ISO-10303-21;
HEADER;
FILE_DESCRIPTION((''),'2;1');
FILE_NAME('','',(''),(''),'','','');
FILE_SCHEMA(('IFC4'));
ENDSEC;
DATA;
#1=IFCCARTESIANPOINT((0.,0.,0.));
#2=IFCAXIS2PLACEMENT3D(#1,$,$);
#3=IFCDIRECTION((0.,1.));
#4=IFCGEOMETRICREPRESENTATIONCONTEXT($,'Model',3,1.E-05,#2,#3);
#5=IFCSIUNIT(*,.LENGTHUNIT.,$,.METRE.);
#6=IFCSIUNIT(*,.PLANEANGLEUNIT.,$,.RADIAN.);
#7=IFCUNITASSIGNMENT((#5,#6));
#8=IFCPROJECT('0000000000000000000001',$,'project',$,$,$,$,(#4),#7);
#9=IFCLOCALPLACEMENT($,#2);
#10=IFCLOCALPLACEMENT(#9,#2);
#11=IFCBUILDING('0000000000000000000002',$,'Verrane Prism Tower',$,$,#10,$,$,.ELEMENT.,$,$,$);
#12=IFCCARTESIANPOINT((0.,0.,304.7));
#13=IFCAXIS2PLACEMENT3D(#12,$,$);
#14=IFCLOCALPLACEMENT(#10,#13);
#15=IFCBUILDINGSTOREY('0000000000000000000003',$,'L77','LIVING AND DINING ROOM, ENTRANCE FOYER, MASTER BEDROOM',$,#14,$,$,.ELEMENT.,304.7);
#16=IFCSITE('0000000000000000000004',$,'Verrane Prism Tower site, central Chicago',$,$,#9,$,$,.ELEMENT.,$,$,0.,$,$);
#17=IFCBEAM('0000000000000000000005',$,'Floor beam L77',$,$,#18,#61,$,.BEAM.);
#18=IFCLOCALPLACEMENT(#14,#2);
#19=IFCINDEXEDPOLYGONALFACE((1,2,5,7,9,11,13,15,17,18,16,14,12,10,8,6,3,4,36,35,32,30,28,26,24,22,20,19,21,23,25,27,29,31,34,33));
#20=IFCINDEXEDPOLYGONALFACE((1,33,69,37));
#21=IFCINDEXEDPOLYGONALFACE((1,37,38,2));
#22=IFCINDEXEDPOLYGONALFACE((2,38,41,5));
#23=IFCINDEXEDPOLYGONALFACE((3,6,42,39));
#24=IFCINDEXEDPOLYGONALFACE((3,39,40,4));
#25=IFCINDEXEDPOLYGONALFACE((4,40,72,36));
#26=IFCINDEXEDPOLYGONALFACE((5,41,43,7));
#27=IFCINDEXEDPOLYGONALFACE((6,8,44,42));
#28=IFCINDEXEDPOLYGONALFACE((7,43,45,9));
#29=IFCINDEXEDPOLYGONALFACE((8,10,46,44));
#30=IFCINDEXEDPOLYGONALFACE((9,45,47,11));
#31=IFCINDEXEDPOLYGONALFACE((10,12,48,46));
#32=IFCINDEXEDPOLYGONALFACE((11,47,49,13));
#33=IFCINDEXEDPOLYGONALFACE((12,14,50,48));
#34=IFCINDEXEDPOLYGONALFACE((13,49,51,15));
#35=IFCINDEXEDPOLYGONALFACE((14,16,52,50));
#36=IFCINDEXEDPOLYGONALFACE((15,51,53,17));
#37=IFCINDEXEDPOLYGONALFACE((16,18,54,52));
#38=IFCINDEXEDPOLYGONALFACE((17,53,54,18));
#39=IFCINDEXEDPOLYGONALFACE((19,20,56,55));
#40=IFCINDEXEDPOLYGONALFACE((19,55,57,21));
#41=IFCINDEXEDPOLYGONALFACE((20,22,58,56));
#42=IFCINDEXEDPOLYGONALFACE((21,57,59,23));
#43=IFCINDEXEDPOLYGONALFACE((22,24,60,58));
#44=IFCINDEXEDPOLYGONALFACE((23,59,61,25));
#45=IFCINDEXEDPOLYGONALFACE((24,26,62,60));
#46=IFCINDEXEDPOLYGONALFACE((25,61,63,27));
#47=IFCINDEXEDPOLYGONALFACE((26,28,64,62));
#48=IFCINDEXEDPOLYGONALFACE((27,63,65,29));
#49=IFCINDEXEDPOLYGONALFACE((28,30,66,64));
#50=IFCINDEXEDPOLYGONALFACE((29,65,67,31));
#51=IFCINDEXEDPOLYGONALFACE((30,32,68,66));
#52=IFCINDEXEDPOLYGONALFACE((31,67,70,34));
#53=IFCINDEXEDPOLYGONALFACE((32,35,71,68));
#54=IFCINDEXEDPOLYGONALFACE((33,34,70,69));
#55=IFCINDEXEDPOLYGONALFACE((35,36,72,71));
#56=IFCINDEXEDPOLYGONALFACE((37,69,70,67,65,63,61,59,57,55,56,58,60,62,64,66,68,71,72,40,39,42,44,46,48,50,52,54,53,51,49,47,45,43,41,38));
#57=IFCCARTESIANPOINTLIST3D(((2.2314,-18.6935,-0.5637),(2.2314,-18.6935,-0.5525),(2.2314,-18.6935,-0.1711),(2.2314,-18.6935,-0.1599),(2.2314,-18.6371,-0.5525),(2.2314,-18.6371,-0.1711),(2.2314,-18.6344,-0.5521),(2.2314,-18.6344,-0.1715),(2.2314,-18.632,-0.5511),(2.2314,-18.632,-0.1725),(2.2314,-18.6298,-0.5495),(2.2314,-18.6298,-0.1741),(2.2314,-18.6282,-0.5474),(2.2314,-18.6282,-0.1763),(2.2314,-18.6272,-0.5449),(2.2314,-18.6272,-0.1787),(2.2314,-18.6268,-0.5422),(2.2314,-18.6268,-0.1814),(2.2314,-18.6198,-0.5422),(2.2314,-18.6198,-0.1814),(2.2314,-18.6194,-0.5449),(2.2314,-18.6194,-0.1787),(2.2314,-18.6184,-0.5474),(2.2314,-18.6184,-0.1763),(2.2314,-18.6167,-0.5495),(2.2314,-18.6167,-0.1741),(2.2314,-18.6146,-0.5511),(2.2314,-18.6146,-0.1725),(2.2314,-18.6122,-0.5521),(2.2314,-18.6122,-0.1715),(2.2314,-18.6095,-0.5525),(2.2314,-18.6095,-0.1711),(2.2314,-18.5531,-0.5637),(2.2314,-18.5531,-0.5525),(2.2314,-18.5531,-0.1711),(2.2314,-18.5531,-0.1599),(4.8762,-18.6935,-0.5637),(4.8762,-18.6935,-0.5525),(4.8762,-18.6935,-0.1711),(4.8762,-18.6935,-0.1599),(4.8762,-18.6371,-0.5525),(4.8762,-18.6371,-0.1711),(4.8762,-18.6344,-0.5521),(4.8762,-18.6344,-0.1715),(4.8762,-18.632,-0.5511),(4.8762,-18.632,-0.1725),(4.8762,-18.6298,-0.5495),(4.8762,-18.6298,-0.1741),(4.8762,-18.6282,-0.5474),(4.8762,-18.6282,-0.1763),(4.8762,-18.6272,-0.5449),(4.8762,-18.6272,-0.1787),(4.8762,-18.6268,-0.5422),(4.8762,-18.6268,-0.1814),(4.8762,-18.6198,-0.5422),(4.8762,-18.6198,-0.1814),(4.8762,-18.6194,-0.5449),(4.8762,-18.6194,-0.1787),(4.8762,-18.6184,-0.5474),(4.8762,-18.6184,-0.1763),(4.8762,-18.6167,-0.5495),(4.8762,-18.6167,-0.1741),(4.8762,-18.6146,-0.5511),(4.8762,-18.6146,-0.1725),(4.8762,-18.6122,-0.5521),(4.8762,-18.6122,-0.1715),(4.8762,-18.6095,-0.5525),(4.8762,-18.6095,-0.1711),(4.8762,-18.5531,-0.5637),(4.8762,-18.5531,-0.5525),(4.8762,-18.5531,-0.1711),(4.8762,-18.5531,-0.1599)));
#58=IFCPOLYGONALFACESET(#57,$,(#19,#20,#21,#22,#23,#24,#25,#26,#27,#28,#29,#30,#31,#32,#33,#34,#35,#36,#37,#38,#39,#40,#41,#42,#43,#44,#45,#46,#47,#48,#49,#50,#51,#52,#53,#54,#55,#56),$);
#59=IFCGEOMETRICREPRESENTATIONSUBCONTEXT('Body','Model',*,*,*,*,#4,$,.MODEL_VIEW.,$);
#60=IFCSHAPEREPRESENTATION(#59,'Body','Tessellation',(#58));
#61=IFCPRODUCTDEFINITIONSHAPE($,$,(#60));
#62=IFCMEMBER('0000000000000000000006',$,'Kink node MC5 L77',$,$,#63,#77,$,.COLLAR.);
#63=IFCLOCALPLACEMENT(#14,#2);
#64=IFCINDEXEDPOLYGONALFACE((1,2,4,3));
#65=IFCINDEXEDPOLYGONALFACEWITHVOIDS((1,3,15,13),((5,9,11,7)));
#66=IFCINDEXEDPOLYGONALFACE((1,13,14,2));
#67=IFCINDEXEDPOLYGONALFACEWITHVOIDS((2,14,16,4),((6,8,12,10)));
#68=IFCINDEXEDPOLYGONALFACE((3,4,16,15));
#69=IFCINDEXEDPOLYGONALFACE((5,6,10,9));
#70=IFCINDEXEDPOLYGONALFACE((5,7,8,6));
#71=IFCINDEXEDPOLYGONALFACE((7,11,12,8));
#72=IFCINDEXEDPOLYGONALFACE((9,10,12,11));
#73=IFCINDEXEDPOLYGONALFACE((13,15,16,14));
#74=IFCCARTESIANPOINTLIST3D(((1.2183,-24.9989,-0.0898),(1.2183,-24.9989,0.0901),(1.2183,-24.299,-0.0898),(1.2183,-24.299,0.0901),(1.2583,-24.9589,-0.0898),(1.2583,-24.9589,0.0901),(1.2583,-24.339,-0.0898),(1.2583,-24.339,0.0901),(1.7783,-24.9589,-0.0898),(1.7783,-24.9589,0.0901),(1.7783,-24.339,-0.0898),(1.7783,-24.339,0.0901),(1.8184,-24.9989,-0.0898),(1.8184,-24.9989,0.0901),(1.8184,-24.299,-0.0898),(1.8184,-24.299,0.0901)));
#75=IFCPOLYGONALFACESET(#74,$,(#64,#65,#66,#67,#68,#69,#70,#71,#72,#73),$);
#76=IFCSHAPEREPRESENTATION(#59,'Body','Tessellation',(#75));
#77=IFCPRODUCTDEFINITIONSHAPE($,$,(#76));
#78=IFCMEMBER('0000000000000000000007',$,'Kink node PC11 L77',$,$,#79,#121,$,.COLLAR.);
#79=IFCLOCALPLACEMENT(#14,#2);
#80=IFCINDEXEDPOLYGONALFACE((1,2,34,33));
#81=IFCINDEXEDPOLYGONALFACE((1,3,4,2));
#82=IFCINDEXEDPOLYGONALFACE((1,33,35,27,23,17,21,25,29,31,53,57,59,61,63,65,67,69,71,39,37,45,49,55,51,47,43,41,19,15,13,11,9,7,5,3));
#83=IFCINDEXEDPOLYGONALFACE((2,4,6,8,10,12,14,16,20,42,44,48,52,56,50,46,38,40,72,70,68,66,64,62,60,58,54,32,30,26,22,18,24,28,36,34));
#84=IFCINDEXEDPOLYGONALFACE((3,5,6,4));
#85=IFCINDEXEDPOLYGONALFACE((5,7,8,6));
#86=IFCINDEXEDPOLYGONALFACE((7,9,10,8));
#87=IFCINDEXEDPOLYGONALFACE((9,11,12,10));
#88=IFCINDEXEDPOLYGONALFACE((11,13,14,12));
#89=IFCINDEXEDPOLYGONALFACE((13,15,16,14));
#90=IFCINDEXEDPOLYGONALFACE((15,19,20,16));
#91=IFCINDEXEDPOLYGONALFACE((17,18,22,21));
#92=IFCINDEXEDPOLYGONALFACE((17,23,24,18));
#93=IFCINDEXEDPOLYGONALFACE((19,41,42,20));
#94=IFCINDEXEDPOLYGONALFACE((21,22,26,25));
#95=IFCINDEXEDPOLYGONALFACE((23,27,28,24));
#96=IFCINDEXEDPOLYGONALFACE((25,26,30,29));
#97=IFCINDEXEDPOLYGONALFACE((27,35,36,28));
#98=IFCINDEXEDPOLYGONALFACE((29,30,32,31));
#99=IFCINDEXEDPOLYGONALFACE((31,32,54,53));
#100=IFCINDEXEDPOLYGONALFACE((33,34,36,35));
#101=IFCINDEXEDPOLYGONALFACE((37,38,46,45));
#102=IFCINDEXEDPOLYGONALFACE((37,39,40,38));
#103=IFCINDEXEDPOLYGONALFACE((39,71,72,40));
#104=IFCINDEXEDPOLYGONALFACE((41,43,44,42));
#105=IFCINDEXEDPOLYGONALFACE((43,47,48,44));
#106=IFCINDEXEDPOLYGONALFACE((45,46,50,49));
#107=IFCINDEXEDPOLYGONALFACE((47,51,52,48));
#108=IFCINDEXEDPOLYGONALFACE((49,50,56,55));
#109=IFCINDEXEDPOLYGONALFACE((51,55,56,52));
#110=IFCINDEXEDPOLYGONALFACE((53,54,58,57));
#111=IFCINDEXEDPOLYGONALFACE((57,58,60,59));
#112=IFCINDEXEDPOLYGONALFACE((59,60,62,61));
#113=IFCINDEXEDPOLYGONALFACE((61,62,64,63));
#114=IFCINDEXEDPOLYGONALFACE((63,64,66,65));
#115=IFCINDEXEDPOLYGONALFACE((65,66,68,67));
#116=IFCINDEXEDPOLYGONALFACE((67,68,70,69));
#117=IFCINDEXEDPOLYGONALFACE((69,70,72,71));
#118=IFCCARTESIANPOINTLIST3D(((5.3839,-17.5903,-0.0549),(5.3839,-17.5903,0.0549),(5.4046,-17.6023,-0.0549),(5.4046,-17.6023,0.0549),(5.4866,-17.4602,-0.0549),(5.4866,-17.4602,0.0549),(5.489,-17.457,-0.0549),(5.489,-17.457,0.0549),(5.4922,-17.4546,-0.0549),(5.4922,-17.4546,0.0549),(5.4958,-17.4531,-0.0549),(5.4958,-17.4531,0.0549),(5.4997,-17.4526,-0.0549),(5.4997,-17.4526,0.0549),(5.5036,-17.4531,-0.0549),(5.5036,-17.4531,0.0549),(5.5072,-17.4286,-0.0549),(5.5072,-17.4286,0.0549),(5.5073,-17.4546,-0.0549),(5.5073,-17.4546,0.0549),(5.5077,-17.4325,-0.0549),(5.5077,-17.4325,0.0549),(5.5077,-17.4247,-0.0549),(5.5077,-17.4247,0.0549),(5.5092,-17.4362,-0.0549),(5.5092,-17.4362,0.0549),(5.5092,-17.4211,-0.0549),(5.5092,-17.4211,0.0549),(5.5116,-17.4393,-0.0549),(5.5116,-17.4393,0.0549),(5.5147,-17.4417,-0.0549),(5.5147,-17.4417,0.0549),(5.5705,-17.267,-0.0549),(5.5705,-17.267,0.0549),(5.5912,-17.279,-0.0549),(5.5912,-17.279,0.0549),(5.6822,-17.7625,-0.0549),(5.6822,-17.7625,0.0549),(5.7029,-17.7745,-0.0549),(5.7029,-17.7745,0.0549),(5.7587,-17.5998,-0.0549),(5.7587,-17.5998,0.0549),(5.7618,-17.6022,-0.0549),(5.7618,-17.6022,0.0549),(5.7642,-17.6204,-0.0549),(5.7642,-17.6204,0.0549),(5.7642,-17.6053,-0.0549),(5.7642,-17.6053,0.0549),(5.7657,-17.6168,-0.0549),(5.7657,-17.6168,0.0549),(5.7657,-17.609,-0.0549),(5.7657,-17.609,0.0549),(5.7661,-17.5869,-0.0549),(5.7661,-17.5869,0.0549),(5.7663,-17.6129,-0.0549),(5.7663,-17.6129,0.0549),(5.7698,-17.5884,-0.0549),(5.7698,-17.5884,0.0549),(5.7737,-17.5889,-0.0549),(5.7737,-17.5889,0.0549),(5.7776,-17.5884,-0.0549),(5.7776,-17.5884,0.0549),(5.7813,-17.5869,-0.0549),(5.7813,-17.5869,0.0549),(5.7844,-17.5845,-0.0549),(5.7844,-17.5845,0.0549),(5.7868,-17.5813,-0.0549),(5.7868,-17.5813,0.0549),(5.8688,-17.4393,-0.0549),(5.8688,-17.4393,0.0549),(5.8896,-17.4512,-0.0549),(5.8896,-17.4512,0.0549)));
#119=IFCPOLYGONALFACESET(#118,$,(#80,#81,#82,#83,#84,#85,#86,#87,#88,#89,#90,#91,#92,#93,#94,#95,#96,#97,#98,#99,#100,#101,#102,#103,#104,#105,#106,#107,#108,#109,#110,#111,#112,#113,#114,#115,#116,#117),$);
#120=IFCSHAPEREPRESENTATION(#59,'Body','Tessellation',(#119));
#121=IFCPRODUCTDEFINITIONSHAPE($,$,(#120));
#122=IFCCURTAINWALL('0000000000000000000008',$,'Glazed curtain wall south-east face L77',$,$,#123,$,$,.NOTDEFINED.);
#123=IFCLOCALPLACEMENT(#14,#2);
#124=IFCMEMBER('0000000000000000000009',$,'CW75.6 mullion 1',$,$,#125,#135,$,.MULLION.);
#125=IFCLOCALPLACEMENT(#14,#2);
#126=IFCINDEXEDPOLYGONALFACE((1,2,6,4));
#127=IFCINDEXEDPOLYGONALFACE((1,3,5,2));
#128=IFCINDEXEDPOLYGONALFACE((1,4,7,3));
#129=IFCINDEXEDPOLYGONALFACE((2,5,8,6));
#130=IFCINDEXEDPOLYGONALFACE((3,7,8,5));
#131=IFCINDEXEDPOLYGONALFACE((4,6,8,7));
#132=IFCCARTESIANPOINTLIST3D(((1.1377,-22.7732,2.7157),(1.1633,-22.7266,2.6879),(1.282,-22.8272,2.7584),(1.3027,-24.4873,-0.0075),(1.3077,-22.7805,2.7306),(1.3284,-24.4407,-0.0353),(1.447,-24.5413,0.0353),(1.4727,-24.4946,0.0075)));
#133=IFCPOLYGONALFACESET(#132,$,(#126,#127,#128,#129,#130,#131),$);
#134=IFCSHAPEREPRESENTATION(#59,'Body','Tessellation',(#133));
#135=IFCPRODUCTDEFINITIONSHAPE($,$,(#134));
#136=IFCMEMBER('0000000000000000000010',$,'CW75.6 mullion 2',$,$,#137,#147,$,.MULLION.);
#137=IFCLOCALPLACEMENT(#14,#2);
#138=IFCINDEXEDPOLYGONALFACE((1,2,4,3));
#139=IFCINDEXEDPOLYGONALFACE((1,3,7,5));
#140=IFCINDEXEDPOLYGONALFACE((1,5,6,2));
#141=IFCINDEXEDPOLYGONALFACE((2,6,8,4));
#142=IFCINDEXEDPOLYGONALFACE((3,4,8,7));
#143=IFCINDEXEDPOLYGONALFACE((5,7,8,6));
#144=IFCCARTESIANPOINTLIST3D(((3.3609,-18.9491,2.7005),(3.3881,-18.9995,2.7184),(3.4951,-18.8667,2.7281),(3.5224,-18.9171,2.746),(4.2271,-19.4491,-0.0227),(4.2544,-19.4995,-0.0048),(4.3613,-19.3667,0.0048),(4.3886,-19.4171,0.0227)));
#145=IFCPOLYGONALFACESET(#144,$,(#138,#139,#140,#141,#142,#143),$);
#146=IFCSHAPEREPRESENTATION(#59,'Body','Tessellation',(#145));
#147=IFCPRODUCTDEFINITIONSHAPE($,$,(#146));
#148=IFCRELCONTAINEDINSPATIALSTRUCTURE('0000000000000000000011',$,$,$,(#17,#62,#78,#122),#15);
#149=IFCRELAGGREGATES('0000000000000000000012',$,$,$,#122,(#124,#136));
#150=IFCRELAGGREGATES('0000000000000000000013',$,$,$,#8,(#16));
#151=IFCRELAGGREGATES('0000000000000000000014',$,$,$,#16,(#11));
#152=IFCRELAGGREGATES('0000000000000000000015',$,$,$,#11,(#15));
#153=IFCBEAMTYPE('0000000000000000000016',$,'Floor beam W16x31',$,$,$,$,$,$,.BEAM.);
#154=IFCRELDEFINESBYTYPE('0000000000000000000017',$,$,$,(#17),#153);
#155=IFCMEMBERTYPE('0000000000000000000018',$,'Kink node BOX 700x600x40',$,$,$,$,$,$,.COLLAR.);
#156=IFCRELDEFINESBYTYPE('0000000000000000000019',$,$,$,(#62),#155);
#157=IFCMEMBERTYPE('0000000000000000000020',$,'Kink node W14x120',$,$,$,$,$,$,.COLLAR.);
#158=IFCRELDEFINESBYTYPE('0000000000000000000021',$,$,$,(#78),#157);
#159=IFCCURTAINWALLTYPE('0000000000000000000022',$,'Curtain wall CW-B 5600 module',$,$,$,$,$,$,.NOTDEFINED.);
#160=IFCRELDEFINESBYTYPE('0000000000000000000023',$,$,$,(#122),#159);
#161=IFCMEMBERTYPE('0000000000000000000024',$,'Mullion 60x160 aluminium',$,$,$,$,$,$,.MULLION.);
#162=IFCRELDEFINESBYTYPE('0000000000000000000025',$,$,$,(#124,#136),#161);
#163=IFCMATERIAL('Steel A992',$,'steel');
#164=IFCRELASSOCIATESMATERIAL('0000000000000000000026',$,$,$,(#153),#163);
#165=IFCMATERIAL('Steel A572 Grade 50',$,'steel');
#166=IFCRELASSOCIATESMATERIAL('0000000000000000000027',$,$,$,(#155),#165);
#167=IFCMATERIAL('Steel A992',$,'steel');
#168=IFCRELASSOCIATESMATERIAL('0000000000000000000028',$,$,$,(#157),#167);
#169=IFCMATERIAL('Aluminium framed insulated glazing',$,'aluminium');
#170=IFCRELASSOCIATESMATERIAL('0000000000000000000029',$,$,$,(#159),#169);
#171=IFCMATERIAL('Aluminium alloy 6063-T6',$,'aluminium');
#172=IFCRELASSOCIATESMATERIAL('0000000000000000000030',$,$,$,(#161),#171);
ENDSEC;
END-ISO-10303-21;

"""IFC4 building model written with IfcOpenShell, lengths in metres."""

from ifc_helpers import new_model, si_unit, direction, frame, origin, origin_2d, place, context, subcontext, project, spatial, rectangle, hollow_rectangle, i_section, extrude, material, material_profile, profile_set, type_object, element, aggregate, save


model = new_model("IFC4")

# Units and contexts
model_context = context("Model", 3, precision=1e-05, world=origin(), true_north=direction((0.0, 1.0)))
body_context = subcontext(model_context, "Body", "Model", "MODEL_VIEW")
ifc_project = project(units=[si_unit("LENGTHUNIT", "METRE"), si_unit("PLANEANGLEUNIT", "RADIAN")], contexts=[model_context])

# Site, building, storey
site_placement = place(None, origin())
site = spatial("IfcSite", under=ifc_project, at=site_placement, Name="Verrane Prism Tower site, central Chicago", CompositionType="ELEMENT", RefElevation=0.0)
building_placement = place(site_placement, origin())
building = spatial("IfcBuilding", under=site, at=building_placement, Name="Verrane Prism Tower", CompositionType="ELEMENT")
storey_placement = place(building_placement, frame((0.0, 0.0, 304.7)))
storey = spatial("IfcBuildingStorey", under=building, at=storey_placement, Name="L77", Description="LIVING AND DINING ROOM, ENTRANCE FOYER, MASTER BEDROOM", CompositionType="ELEMENT", Elevation=304.7)

# Beam
ifc_material_1 = material(Name="Steel A992", Category="steel")
ifc_material_profile_1 = material_profile(ifc_material_1, i_section(OverallWidth=0.1404, OverallDepth=0.4038, WebThickness=0.0071, FlangeThickness=0.0112, FilletRadius=0.0103, at=origin_2d()), Name="W16x31")
ifc_profile_set_1 = profile_set([ifc_material_profile_1], Name="Steel A992")
beam_type_1 = type_object("IfcBeamType", Name="Floor beam W16x31", PredefinedType="BEAM", material=ifc_profile_set_1)
beam_1_placement = place(storey_placement, frame((2.2314, -18.6233, -0.3618), z_axis=(1.0, 0.0, 0.0), x_axis=(0.0, 1.0, 0.0)))
element("IfcBeam", 1, at=beam_1_placement, inside=storey, type_object=beam_type_1, Name="Floor beam L77", PredefinedType="BEAM", context=body_context, shape_type="SweptSolid", body=[
    extrude(i_section(OverallWidth=0.1404, OverallDepth=0.4038, WebThickness=0.0071, FlangeThickness=0.0112, FilletRadius=0.0103, at=origin_2d()), origin(), (0.0, 0.0, 1.0), 2.6448),
])

# Members
ifc_material_2 = material(Name="Steel A572 Grade 50", Category="steel")
ifc_material_profile_2 = material_profile(ifc_material_2, hollow_rectangle(XDim=0.6001, YDim=0.7, WallThickness=0.04, at=origin_2d()), Name="BOX 700x600x40")
ifc_profile_set_2 = profile_set([ifc_material_profile_2], Name="Steel A572 Grade 50")
member_type_1 = type_object("IfcMemberType", Name="Kink node BOX 700x600x40", PredefinedType="COLLAR", material=ifc_profile_set_2)
member_1_placement = place(storey_placement, frame((1.5183, -24.6489, -0.0898), z_axis=(0.0, 0.0, 1.0), x_axis=(-1.0, 0.0, 0.0)))
element("IfcMember", 2, at=member_1_placement, inside=storey, type_object=member_type_1, Name="Kink node MC5 L77", PredefinedType="COLLAR", context=body_context, shape_type="SweptSolid", body=[
    extrude(hollow_rectangle(XDim=0.6001, YDim=0.7, WallThickness=0.04, at=origin_2d()), origin(), (0.0, 0.0, 1.0), 0.1799),
])
ifc_material_3 = material(Name="Steel A992", Category="steel")
ifc_material_profile_3 = material_profile(ifc_material_3, i_section(OverallWidth=0.3733, OverallDepth=0.3684, WebThickness=0.0149, FlangeThickness=0.0239, FilletRadius=0.0151, at=origin_2d()), Name="W14x120")
ifc_profile_set_3 = profile_set([ifc_material_profile_3], Name="Steel A992")
member_type_2 = type_object("IfcMemberType", Name="Kink node W14x120", PredefinedType="COLLAR", material=ifc_profile_set_3)
member_2_placement = place(storey_placement, frame((5.6367, -17.5208, -0.0549), z_axis=(0.0, 0.0, 1.0), x_axis=(-0.5, -0.866025, 0.0)))
element("IfcMember", 3, at=member_2_placement, inside=storey, type_object=member_type_2, Name="Kink node PC11 L77", PredefinedType="COLLAR", context=body_context, shape_type="SweptSolid", body=[
    extrude(i_section(OverallWidth=0.3733, OverallDepth=0.3684, WebThickness=0.0149, FlangeThickness=0.0239, FilletRadius=0.0151, at=origin_2d()), origin(), (0.0, 0.0, 1.0), 0.1099),
])

# Curtain wall, members
ifc_material_4 = material(Name="Aluminium framed insulated glazing", Category="aluminium")
curtain_wall_type = type_object("IfcCurtainWallType", Name="Curtain wall CW-B 5600 module", PredefinedType="NOTDEFINED", material=ifc_material_4)
curtain_wall_placement = place(storey_placement, origin())
curtain_wall = element("IfcCurtainWall", 4, at=curtain_wall_placement, inside=storey, type_object=curtain_wall_type, Name="Glazed curtain wall south-east face L77", PredefinedType="NOTDEFINED")
ifc_material_5 = material(Name="Aluminium alloy 6063-T6", Category="aluminium")
ifc_material_profile_4 = material_profile(ifc_material_5, rectangle(XDim=0.1599, YDim=0.0601, at=origin_2d()), Name="Mullion 60x160 aluminium")
ifc_profile_set_4 = profile_set([ifc_material_profile_4], Name="Aluminium alloy 6063-T6")
member_type_3 = type_object("IfcMemberType", Name="Mullion 60x160 aluminium", PredefinedType="MULLION", material=ifc_profile_set_4)
member_3_placement = place(storey_placement, frame((1.3877, -24.491, 0.0), z_axis=(-0.051223, 0.532011, 0.845186), x_axis=(0.90254, -0.337649, 0.267236)))
member_3 = element("IfcMember", 5, at=member_3_placement, type_object=member_type_3, Name="CW75.6 mullion 1", PredefinedType="MULLION", context=body_context, shape_type="SweptSolid", body=[
    extrude(rectangle(XDim=0.1599, YDim=0.0601, at=origin_2d()), origin(), (0.0, 0.0, 1.0), 3.2219),
])
member_4_placement = place(storey_placement, frame((4.3079, -19.4331, 0.0), z_axis=(-0.29859, 0.172354, 0.93869), x_axis=(0.83943, 0.515405, 0.172382)))
member_4 = element("IfcMember", 6, at=member_4_placement, type_object=member_type_3, Name="CW75.6 mullion 2", PredefinedType="MULLION", context=body_context, shape_type="SweptSolid", body=[
    extrude(rectangle(XDim=0.1599, YDim=0.0601, at=origin_2d()), origin(), (0.0, 0.0, 1.0), 2.9011),
])

aggregate(curtain_wall, [member_3, member_4])

save(model, "model.ifc")
